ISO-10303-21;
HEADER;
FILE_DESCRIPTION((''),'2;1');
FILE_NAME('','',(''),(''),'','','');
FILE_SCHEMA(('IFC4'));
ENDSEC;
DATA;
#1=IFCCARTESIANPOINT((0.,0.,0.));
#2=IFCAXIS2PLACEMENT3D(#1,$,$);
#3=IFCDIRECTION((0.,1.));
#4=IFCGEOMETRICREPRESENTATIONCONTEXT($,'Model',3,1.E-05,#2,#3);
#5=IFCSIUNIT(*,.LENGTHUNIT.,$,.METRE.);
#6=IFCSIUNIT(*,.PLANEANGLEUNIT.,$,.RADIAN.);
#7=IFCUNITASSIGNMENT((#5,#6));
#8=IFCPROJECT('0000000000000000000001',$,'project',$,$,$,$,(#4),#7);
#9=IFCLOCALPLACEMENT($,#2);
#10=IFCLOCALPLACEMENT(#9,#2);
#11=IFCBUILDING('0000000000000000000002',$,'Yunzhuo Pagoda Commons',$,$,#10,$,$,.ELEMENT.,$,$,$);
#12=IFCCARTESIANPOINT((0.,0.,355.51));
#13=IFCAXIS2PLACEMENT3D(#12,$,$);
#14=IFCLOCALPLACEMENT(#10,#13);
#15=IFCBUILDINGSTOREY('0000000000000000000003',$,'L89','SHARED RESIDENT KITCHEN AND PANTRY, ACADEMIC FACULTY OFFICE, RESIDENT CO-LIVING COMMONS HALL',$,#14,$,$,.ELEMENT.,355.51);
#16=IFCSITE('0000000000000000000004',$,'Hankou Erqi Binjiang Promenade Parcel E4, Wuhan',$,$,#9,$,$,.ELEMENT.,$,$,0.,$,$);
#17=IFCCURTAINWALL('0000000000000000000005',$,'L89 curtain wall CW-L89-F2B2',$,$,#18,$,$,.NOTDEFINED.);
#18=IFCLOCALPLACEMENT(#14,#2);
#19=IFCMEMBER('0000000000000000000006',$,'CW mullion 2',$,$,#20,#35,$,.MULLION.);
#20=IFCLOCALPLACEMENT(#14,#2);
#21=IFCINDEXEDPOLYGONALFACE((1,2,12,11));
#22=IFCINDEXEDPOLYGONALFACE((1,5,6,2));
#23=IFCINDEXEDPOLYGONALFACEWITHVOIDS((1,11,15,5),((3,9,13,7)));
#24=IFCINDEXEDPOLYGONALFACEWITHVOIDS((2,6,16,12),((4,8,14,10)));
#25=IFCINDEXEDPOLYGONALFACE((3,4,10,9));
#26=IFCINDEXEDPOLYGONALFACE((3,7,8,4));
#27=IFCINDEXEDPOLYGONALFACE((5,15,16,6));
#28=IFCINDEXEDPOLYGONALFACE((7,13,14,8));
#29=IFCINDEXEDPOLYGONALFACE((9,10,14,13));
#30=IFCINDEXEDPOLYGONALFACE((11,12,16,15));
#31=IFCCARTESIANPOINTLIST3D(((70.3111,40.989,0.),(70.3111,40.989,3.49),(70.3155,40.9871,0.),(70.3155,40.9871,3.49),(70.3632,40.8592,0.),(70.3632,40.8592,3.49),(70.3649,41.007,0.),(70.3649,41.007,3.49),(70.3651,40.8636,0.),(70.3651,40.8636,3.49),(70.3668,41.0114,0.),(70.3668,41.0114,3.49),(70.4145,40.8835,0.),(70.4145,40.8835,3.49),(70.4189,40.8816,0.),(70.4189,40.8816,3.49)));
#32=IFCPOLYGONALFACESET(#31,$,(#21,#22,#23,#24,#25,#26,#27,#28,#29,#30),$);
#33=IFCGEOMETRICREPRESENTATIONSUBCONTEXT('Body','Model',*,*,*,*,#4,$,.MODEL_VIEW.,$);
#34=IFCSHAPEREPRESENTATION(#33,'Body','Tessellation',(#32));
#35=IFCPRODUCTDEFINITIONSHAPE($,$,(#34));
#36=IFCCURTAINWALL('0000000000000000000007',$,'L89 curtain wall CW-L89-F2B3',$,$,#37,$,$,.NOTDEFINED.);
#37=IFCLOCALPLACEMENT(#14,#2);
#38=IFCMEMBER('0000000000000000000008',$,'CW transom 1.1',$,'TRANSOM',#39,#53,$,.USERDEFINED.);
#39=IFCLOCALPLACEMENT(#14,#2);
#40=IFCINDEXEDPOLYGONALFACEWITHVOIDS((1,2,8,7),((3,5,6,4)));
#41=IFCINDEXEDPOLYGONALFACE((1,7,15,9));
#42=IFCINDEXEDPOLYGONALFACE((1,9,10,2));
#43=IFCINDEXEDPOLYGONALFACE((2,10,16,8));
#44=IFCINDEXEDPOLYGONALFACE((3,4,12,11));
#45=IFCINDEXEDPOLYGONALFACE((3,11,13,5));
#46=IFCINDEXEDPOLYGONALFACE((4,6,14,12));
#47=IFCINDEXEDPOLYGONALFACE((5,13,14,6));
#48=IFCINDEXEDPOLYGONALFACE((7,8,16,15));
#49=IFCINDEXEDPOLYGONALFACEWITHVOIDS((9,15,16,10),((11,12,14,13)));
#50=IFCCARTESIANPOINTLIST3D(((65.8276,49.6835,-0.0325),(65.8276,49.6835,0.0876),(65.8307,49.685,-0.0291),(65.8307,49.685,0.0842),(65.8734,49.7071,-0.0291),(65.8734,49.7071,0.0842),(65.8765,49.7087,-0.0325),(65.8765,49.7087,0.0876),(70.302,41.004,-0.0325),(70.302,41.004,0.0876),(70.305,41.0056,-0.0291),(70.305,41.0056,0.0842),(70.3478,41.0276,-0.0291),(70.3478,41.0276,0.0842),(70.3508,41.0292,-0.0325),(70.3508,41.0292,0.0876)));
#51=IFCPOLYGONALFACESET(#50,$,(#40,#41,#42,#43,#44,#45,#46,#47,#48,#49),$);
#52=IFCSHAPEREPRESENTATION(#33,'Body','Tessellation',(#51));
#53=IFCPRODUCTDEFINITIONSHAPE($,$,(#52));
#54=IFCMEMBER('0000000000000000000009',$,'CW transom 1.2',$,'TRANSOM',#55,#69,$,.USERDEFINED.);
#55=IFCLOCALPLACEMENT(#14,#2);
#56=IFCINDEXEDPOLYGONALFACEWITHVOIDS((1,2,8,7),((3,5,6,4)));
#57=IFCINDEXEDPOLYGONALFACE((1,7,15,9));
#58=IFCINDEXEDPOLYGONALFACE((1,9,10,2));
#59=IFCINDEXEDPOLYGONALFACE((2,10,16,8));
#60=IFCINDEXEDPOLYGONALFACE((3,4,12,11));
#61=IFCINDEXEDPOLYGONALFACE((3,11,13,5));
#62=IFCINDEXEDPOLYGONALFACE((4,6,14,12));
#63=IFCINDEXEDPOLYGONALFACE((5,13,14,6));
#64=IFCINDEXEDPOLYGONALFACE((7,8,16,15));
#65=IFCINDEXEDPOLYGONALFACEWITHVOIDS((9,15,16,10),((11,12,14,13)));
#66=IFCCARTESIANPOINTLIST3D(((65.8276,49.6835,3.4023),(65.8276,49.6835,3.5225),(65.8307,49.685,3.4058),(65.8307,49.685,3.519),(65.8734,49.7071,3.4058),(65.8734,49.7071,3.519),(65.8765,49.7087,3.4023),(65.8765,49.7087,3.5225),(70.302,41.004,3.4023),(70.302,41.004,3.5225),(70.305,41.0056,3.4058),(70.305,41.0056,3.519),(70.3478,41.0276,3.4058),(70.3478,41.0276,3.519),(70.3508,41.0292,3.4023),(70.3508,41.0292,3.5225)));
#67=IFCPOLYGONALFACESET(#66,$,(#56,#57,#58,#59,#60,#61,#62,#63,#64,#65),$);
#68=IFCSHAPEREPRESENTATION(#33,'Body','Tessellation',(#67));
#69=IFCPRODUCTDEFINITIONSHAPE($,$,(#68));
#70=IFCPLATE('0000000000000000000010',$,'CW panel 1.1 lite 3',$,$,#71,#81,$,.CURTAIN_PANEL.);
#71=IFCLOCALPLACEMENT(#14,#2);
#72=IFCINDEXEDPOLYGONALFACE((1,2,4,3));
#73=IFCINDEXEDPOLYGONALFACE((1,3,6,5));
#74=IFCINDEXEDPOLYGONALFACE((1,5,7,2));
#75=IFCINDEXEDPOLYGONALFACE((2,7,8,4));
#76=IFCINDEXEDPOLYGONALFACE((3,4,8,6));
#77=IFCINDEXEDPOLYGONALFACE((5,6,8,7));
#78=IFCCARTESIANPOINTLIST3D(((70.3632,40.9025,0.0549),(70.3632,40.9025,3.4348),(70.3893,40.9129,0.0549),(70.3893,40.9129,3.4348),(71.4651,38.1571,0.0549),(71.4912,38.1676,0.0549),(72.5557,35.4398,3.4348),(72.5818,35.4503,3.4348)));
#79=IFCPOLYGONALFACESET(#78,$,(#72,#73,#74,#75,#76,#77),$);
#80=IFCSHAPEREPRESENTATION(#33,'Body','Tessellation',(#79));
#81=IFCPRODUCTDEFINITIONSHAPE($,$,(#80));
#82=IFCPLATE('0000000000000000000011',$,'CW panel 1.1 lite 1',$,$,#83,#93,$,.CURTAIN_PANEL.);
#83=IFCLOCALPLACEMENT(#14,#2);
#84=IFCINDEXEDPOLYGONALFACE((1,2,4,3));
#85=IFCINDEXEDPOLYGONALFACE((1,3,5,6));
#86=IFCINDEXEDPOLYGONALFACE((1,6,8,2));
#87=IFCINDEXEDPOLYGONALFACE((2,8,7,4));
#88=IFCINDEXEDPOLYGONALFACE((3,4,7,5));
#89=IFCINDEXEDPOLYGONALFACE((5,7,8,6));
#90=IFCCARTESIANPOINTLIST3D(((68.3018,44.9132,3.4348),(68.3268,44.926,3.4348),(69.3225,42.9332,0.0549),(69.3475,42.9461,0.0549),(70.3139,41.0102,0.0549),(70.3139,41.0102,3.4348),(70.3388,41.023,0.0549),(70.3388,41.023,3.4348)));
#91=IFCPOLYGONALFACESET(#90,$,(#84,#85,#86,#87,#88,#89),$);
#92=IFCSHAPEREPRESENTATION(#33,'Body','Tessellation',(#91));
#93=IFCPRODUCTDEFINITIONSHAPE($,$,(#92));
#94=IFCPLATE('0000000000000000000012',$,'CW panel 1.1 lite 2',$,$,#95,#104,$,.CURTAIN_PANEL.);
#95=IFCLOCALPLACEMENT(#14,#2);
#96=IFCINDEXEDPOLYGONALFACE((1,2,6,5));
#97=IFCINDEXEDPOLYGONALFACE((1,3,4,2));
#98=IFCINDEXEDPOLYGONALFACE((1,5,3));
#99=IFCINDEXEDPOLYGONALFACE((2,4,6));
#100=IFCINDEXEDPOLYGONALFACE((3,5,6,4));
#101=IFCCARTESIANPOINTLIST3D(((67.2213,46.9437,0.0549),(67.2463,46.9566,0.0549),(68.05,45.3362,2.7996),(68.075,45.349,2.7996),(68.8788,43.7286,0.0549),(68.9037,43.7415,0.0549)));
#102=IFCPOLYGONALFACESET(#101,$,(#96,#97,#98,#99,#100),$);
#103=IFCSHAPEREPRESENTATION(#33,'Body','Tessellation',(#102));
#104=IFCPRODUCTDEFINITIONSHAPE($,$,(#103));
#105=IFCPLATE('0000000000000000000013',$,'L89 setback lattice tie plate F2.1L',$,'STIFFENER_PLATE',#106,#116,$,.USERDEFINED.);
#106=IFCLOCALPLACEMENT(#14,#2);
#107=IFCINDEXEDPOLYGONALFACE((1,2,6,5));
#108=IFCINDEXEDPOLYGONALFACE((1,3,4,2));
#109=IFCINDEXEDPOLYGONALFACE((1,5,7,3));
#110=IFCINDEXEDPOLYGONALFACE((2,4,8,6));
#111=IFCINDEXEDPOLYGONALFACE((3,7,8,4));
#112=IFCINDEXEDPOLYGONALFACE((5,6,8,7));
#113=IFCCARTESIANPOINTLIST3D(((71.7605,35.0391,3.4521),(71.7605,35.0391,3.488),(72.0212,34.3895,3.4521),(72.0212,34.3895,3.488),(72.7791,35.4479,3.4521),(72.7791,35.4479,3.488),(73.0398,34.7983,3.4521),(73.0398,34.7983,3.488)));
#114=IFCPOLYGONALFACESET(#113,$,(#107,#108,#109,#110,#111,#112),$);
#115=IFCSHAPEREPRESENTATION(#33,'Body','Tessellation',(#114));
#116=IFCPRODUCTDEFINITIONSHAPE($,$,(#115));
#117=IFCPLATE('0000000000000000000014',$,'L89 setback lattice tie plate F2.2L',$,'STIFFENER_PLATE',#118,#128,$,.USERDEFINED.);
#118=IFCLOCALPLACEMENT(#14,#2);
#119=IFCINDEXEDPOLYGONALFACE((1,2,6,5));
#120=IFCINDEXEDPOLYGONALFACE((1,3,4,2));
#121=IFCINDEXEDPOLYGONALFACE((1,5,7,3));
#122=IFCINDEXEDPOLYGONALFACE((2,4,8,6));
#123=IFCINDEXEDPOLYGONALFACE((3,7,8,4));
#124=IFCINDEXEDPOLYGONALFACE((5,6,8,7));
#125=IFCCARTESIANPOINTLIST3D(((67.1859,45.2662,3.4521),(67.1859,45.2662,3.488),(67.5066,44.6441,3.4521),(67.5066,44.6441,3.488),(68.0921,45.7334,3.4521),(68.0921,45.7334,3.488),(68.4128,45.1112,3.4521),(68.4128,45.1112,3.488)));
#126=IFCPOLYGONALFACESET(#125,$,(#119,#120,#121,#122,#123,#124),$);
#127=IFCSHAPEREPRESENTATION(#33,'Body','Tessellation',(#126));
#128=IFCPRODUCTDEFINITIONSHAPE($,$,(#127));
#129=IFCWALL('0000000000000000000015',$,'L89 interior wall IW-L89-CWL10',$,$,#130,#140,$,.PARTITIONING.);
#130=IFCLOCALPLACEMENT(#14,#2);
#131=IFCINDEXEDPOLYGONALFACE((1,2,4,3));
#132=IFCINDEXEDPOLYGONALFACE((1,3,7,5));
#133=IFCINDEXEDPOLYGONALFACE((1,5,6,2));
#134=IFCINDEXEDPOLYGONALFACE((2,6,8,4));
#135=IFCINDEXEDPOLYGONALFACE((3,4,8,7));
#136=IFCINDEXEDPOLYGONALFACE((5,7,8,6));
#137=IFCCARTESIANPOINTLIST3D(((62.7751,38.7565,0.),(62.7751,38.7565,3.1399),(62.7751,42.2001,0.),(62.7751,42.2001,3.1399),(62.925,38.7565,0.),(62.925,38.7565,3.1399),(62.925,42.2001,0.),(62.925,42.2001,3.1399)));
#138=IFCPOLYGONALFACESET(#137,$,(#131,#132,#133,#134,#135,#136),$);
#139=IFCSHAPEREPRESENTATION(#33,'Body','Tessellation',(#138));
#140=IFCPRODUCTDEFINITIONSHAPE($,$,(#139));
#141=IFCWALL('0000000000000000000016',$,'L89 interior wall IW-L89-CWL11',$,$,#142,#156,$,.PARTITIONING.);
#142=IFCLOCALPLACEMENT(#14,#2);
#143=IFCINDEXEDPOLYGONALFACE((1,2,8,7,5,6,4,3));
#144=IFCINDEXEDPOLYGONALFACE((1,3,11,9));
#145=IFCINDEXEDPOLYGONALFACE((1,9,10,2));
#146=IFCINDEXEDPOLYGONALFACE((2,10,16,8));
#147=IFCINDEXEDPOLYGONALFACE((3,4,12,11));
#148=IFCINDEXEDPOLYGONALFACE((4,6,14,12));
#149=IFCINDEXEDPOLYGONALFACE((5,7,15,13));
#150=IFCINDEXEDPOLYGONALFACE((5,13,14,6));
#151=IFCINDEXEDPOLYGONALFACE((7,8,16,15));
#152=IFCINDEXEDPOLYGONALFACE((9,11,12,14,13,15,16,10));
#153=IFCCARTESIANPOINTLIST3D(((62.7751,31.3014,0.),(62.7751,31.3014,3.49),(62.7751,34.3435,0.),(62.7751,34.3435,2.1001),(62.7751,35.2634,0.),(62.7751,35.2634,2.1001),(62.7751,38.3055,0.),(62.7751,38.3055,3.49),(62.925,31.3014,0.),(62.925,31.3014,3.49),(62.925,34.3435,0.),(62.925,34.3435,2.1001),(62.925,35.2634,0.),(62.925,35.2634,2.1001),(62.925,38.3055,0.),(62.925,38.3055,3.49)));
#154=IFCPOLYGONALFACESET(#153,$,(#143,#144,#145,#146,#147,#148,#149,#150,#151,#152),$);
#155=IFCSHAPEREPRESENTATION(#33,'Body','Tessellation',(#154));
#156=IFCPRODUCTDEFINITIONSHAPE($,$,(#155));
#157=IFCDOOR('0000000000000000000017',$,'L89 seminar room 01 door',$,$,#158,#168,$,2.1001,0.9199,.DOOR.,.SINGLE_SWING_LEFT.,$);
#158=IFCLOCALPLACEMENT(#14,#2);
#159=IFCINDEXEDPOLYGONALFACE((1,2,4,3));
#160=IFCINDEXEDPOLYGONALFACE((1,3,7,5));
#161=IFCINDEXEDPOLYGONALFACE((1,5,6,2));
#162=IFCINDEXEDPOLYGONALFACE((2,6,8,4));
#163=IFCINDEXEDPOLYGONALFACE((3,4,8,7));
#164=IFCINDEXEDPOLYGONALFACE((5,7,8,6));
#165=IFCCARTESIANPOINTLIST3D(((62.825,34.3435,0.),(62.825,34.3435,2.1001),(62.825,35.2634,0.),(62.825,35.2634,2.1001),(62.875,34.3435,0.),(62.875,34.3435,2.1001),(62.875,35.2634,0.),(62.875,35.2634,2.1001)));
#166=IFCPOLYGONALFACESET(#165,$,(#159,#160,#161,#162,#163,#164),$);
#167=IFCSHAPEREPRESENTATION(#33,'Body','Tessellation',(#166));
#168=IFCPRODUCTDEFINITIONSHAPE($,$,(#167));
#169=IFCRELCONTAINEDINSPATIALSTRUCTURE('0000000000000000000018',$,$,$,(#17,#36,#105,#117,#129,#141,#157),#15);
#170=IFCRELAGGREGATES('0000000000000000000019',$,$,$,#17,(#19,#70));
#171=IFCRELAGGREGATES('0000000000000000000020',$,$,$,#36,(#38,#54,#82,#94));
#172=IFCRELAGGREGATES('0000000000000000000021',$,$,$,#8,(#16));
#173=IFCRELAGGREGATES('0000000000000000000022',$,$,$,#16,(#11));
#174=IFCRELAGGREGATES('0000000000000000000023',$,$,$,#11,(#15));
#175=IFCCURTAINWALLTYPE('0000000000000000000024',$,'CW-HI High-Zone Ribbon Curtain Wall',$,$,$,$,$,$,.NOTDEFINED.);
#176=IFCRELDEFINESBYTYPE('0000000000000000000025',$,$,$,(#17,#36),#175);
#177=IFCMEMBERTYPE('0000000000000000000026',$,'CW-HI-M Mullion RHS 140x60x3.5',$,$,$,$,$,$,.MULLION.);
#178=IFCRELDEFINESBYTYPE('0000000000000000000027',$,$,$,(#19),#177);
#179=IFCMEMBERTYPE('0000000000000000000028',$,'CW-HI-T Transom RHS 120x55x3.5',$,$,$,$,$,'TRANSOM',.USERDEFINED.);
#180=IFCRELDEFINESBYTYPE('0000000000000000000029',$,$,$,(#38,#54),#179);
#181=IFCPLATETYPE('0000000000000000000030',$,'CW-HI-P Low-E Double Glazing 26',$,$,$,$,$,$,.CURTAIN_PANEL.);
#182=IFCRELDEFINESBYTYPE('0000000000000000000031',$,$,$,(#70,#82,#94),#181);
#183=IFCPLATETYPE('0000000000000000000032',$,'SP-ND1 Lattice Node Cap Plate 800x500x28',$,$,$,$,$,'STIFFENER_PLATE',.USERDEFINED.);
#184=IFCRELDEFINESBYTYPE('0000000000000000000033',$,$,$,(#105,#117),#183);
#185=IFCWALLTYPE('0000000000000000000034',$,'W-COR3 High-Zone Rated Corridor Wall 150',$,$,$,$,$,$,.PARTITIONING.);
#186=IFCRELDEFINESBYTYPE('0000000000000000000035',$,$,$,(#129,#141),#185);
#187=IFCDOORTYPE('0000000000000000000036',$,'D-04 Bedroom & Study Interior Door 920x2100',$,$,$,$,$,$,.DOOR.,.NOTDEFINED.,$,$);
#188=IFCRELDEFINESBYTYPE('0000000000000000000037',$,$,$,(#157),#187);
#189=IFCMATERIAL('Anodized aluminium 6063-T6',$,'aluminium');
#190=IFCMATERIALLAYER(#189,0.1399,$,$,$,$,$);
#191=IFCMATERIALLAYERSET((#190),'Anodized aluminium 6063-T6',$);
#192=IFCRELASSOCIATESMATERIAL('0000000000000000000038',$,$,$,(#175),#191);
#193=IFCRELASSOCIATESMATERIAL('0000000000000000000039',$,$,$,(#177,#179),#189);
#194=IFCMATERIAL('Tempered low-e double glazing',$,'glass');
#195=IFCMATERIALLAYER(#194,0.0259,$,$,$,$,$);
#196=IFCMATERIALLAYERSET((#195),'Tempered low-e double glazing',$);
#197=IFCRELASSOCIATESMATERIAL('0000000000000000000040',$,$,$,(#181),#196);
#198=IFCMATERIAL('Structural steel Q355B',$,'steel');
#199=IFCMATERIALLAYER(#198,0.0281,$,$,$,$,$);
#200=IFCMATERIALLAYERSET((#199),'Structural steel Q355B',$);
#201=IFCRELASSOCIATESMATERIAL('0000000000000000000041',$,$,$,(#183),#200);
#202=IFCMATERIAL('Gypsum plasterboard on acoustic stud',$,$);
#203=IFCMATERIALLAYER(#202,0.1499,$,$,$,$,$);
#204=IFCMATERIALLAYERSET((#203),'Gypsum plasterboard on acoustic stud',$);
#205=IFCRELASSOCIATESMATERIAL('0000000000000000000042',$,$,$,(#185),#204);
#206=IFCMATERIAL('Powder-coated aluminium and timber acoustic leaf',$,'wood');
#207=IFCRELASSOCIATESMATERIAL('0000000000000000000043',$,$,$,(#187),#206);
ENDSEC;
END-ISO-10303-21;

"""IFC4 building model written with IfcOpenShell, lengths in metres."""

from ifc_helpers import new_model, si_unit, direction, frame, frame_2d, origin, origin_with_axes, origin_2d, place, context, subcontext, project, spatial, polyline, rectangle, hollow_rectangle, outline, extrude, source, transform, mapped, material, layer, layer_set, material_profile, profile_set, type_object, element, fill, aggregate, save


model = new_model("IFC4")

# Units and contexts
model_context = context("Model", 3, precision=1e-05, world=origin(), true_north=direction((0.0, 1.0)))
body_context = subcontext(model_context, "Body", "Model", "MODEL_VIEW")
ifc_project = project(units=[si_unit("LENGTHUNIT", "METRE"), si_unit("PLANEANGLEUNIT", "RADIAN")], contexts=[model_context])

# Site, building, storey
site_placement = place(None, origin())
site = spatial("IfcSite", under=ifc_project, at=site_placement, Name="Hankou Erqi Binjiang Promenade Parcel E4, Wuhan", CompositionType="ELEMENT", RefElevation=0.0)
building_placement = place(site_placement, origin())
building = spatial("IfcBuilding", under=site, at=building_placement, Name="Yunzhuo Pagoda Commons", CompositionType="ELEMENT")
storey_placement = place(building_placement, frame((0.0, 0.0, 355.51)))
storey = spatial("IfcBuildingStorey", under=building, at=storey_placement, Name="L89", Description="SHARED RESIDENT KITCHEN AND PANTRY, ACADEMIC FACULTY OFFICE, RESIDENT CO-LIVING COMMONS HALL", CompositionType="ELEMENT", Elevation=355.51)

# Shared definitions
ifc_material_1 = material(Name="Structural steel Q355B", Category="steel")

# Curtain wall, member
ifc_material_2 = material(Name="Anodized aluminium 6063-T6", Category="aluminium")
ifc_layer_1 = layer(ifc_material_2, 0.1399)
ifc_layer_set_1 = layer_set([ifc_layer_1], Name="Anodized aluminium 6063-T6")
curtain_wall_type = type_object("IfcCurtainWallType", Name="CW-HI High-Zone Ribbon Curtain Wall", PredefinedType="NOTDEFINED", material=ifc_layer_set_1)
curtain_wall_1_placement = place(storey_placement, origin())
curtain_wall_1 = element("IfcCurtainWall", 1, at=curtain_wall_1_placement, inside=storey, type_object=curtain_wall_type, Name="L89 curtain wall CW-L89-F2B2", PredefinedType="NOTDEFINED")
ifc_material_profile_1 = material_profile(ifc_material_2, hollow_rectangle(XDim=0.0601, YDim=0.1399, WallThickness=0.0034, at=origin_2d()), Name="Anodized aluminium 6063-T6")
ifc_profile_set_1 = profile_set([ifc_material_profile_1], Name="Anodized aluminium 6063-T6")
member_type_1 = type_object("IfcMemberType", Name="CW-HI-M Mullion RHS 140x60x3.5", PredefinedType="MULLION", material=ifc_profile_set_1)
shared_shape_1 = source(origin(), body_context, "Body", "SweptSolid", [
    extrude(hollow_rectangle(XDim=0.0601, YDim=0.1399, WallThickness=0.0034, at=origin_2d()), origin(), (0.0, 0.0, 1.0), 3.49),
])
member_1_placement = place(storey_placement, frame((70.365, 40.9353, 0.0), z_axis=(0.0, 0.0, 1.0), x_axis=(-0.928039, -0.372483, 0.0)))
member_1 = element("IfcMember", 2, at=member_1_placement, type_object=member_type_1, Name="CW mullion 2", PredefinedType="MULLION", context=body_context, shape_type="MappedRepresentation", body=[
    mapped(shared_shape_1, transform((0.0, 0.0, 0.0), scale=1.0)),
])

# Curtain wall, members
curtain_wall_2_placement = place(storey_placement, origin())
curtain_wall_2 = element("IfcCurtainWall", 3, at=curtain_wall_2_placement, inside=storey, type_object=curtain_wall_type, Name="L89 curtain wall CW-L89-F2B3", PredefinedType="NOTDEFINED")
ifc_material_profile_2 = material_profile(ifc_material_2, hollow_rectangle(XDim=0.0549, YDim=0.1201, WallThickness=0.0034, at=origin_2d()), Name="Anodized aluminium 6063-T6")
ifc_profile_set_2 = profile_set([ifc_material_profile_2], Name="Anodized aluminium 6063-T6")
member_type_2 = type_object("IfcMemberType", Name="CW-HI-T Transom RHS 120x55x3.5", ElementType="TRANSOM", PredefinedType="USERDEFINED", material=ifc_profile_set_2)
shared_shape_2 = source(origin(), body_context, "Body", "SweptSolid", [
    extrude(hollow_rectangle(XDim=0.0549, YDim=0.1201, WallThickness=0.0034, at=origin_2d()), origin(), (0.0, 0.0, 1.0), 9.7649),
])
member_2_placement = place(storey_placement, frame((70.3264, 41.0166, 0.0276), z_axis=(-0.45821, 0.888844, 0.0), x_axis=(-0.888844, -0.45821, 0.0)))
member_2 = element("IfcMember", 4, at=member_2_placement, type_object=member_type_2, Name="CW transom 1.1", ObjectType="TRANSOM", PredefinedType="USERDEFINED", context=body_context, shape_type="MappedRepresentation", body=[
    mapped(shared_shape_2, transform((0.0, 0.0, 0.0), scale=1.0)),
])
member_3_placement = place(storey_placement, frame((70.3264, 41.0166, 3.4624), z_axis=(-0.45821, 0.888844, 0.0), x_axis=(-0.888844, -0.45821, 0.0)))
member_3 = element("IfcMember", 5, at=member_3_placement, type_object=member_type_2, Name="CW transom 1.2", ObjectType="TRANSOM", PredefinedType="USERDEFINED", context=body_context, shape_type="MappedRepresentation", body=[
    mapped(shared_shape_2, transform((0.0, 0.0, 0.0), scale=1.0)),
])

# Plates
ifc_material_3 = material(Name="Tempered low-e double glazing", Category="glass")
ifc_layer_2 = layer(ifc_material_3, 0.0259)
ifc_layer_set_2 = layer_set([ifc_layer_2], Name="Tempered low-e double glazing")
plate_type_1 = type_object("IfcPlateType", Name="CW-HI-P Low-E Double Glazing 26", PredefinedType="CURTAIN_PANEL", material=ifc_layer_set_2)
plate_1_placement = place(storey_placement, frame((71.4595, 38.1711, 1.7449), z_axis=(0.928039, 0.372483, 0.0), x_axis=(-0.372483, 0.928039, 0.0)))
plate_1 = element("IfcPlate", 6, at=plate_1_placement, type_object=plate_type_1, Name="CW panel 1.1 lite 3", PredefinedType="CURTAIN_PANEL", context=body_context, shape_type="SweptSolid", body=[
    extrude(outline(polyline([(-2.9431, 1.6899), (-0.0151, -1.6899), (2.9431, -1.6899), (2.9431, 1.6899), (-2.9431, 1.6899)])), origin(), (0.0, 0.0, 1.0), 0.0281),
])
aggregate(curtain_wall_1, [member_1, plate_1])
plate_2_placement = place(storey_placement, frame((69.3079, 42.9617, 1.7449), z_axis=(0.888846, 0.458207, 0.0), x_axis=(-0.458207, 0.888846, 0.0)))
plate_2 = element("IfcPlate", 7, at=plate_2_placement, type_object=plate_type_1, Name="CW panel 1.1 lite 1", PredefinedType="CURTAIN_PANEL", context=body_context, shape_type="SweptSolid", body=[
    extrude(outline(polyline([(-2.1956, -1.6899), (-0.032, -1.6899), (2.1956, 1.6899), (-2.1956, 1.6899), (-2.1956, -1.6899)])), origin(), (0.0, 0.0, 1.0), 0.0281),
])
plate_3_placement = place(storey_placement, frame((68.05, 45.3362, 1.4272), z_axis=(0.888846, 0.458207, 0.0), x_axis=(-0.458207, 0.888846, 0.0)))
plate_3 = element("IfcPlate", 8, at=plate_3_placement, type_object=plate_type_1, Name="CW panel 1.1 lite 2", PredefinedType="CURTAIN_PANEL", context=body_context, shape_type="SweptSolid", body=[
    extrude(outline(polyline([(-1.8086, -1.3723), (1.8086, -1.3723), (0.0, 1.3723), (-1.8086, -1.3723)])), origin(), (0.0, 0.0, 1.0), 0.0281),
])
aggregate(curtain_wall_2, [member_2, member_3, plate_2, plate_3])

# Plates
ifc_layer_3 = layer(ifc_material_1, 0.0281)
ifc_layer_set_3 = layer_set([ifc_layer_3], Name="Structural steel Q355B")
plate_type_2 = type_object("IfcPlateType", Name="SP-ND1 Lattice Node Cap Plate 800x500x28", ElementType="STIFFENER_PLATE", PredefinedType="USERDEFINED", material=ifc_layer_set_3)
shared_shape_3 = source(origin(), body_context, "Body", "SweptSolid", [
    extrude(rectangle(XDim=0.7, YDim=1.0977, at=origin_2d()), origin(), (0.0, 0.0, 1.0), 0.0359),
])
plate_4_placement = place(storey_placement, frame((72.4001, 34.9187, 3.4521), z_axis=(0.0, 0.0, 1.0), x_axis=(-0.372486, 0.928038, 0.0)))
element("IfcPlate", 9, at=plate_4_placement, inside=storey, type_object=plate_type_2, Name="L89 setback lattice tie plate F2.1L", ObjectType="STIFFENER_PLATE", PredefinedType="USERDEFINED", context=body_context, shape_type="MappedRepresentation", body=[
    mapped(shared_shape_3, transform((0.0, 0.0, 0.0), scale=1.0)),
])
shared_shape_4 = source(origin(), body_context, "Body", "SweptSolid", [
    extrude(rectangle(XDim=0.7, YDim=1.0195, at=origin_2d()), origin(), (0.0, 0.0, 1.0), 0.0359),
])
plate_5_placement = place(storey_placement, frame((67.7993, 45.1887, 3.4521), z_axis=(0.0, 0.0, 1.0), x_axis=(-0.4582, 0.888849, 0.0)))
element("IfcPlate", 10, at=plate_5_placement, inside=storey, type_object=plate_type_2, Name="L89 setback lattice tie plate F2.2L", ObjectType="STIFFENER_PLATE", PredefinedType="USERDEFINED", context=body_context, shape_type="MappedRepresentation", body=[
    mapped(shared_shape_4, transform((0.0, 0.0, 0.0), scale=1.0)),
])

# Wall
ifc_material_4 = material(Name="Gypsum plasterboard on acoustic stud")
ifc_layer_4 = layer(ifc_material_4, 0.1499)
ifc_layer_set_4 = layer_set([ifc_layer_4], Name="Gypsum plasterboard on acoustic stud")
wall_type_1 = type_object("IfcWallType", Name="W-COR3 High-Zone Rated Corridor Wall 150", PredefinedType="PARTITIONING", material=ifc_layer_set_4)
wall_1_placement = place(storey_placement, frame((62.8501, 42.2, 0.0), z_axis=(0.0, 0.0, 1.0), x_axis=(0.0, -1.0, 0.0)))
element("IfcWall", 11, at=wall_1_placement, inside=storey, type_object=wall_type_1, Name="L89 interior wall IW-L89-CWL10", PredefinedType="PARTITIONING", context=body_context, shape_type="SweptSolid", body=[
    extrude(rectangle(XDim=3.4436, YDim=0.1499, at=frame_2d((1.7217, 0.0))), origin(), (0.0, 0.0, 1.0), 3.1399),
])

# Wall, opening, door
wall_2_placement = place(storey_placement, frame((62.8501, 38.3054, 0.0), z_axis=(0.0, 0.0, 1.0), x_axis=(0.0, -1.0, 0.0)))
wall_2 = element("IfcWall", 12, at=wall_2_placement, inside=storey, type_object=wall_type_1, Name="L89 interior wall IW-L89-CWL11", PredefinedType="PARTITIONING", context=body_context, shape_type="SweptSolid", body=[
    extrude(rectangle(XDim=7.0042, YDim=0.1499, at=frame_2d((3.502, 0.0))), origin(), (0.0, 0.0, 1.0), 3.49),
])
opening_placement = place(wall_2_placement, frame((3.042, 0.0, 0.0)))
opening = element("IfcOpeningElement", 13, at=opening_placement, cuts=wall_2, PredefinedType="OPENING", context=body_context, shape_type="SweptSolid", body=[
    extrude(rectangle(XDim=0.9199, YDim=2.1001, at=frame_2d((0.46, 1.05))), frame((0.0, 0.085, 0.0), z_axis=(0.0, -1.0, 0.0), x_axis=(1.0, 0.0, 0.0)), (0.0, 0.0, 1.0), 0.1699),
])
ifc_material_5 = material(Name="Powder-coated aluminium and timber acoustic leaf", Category="wood")
door_type = type_object("IfcDoorType", Name="D-04 Bedroom & Study Interior Door 920x2100", OperationType="NOTDEFINED", PredefinedType="DOOR", material=ifc_material_5)
shared_shape_5 = source(origin(), body_context, "Body", "SweptSolid", [
    extrude(rectangle(XDim=0.9199, YDim=2.1001, at=frame_2d((0.46, 1.05))), frame((0.0, 0.0249, 0.0), z_axis=(0.0, -1.0, 0.0), x_axis=(1.0, 0.0, 0.0)), (0.0, 0.0, 1.0), 0.05),
])
door_placement = place(opening_placement, origin_with_axes())
door = element("IfcDoor", 14, at=door_placement, inside=storey, type_object=door_type, Name="L89 seminar room 01 door", OperationType="SINGLE_SWING_LEFT", OverallHeight=2.1001, OverallWidth=0.9199, PredefinedType="DOOR", context=body_context, shape_type="MappedRepresentation", body=[
    mapped(shared_shape_5, transform((0.0, 0.0, 0.0), scale=1.0)),
])
fill(opening, door)

save(model, "model.ifc")
